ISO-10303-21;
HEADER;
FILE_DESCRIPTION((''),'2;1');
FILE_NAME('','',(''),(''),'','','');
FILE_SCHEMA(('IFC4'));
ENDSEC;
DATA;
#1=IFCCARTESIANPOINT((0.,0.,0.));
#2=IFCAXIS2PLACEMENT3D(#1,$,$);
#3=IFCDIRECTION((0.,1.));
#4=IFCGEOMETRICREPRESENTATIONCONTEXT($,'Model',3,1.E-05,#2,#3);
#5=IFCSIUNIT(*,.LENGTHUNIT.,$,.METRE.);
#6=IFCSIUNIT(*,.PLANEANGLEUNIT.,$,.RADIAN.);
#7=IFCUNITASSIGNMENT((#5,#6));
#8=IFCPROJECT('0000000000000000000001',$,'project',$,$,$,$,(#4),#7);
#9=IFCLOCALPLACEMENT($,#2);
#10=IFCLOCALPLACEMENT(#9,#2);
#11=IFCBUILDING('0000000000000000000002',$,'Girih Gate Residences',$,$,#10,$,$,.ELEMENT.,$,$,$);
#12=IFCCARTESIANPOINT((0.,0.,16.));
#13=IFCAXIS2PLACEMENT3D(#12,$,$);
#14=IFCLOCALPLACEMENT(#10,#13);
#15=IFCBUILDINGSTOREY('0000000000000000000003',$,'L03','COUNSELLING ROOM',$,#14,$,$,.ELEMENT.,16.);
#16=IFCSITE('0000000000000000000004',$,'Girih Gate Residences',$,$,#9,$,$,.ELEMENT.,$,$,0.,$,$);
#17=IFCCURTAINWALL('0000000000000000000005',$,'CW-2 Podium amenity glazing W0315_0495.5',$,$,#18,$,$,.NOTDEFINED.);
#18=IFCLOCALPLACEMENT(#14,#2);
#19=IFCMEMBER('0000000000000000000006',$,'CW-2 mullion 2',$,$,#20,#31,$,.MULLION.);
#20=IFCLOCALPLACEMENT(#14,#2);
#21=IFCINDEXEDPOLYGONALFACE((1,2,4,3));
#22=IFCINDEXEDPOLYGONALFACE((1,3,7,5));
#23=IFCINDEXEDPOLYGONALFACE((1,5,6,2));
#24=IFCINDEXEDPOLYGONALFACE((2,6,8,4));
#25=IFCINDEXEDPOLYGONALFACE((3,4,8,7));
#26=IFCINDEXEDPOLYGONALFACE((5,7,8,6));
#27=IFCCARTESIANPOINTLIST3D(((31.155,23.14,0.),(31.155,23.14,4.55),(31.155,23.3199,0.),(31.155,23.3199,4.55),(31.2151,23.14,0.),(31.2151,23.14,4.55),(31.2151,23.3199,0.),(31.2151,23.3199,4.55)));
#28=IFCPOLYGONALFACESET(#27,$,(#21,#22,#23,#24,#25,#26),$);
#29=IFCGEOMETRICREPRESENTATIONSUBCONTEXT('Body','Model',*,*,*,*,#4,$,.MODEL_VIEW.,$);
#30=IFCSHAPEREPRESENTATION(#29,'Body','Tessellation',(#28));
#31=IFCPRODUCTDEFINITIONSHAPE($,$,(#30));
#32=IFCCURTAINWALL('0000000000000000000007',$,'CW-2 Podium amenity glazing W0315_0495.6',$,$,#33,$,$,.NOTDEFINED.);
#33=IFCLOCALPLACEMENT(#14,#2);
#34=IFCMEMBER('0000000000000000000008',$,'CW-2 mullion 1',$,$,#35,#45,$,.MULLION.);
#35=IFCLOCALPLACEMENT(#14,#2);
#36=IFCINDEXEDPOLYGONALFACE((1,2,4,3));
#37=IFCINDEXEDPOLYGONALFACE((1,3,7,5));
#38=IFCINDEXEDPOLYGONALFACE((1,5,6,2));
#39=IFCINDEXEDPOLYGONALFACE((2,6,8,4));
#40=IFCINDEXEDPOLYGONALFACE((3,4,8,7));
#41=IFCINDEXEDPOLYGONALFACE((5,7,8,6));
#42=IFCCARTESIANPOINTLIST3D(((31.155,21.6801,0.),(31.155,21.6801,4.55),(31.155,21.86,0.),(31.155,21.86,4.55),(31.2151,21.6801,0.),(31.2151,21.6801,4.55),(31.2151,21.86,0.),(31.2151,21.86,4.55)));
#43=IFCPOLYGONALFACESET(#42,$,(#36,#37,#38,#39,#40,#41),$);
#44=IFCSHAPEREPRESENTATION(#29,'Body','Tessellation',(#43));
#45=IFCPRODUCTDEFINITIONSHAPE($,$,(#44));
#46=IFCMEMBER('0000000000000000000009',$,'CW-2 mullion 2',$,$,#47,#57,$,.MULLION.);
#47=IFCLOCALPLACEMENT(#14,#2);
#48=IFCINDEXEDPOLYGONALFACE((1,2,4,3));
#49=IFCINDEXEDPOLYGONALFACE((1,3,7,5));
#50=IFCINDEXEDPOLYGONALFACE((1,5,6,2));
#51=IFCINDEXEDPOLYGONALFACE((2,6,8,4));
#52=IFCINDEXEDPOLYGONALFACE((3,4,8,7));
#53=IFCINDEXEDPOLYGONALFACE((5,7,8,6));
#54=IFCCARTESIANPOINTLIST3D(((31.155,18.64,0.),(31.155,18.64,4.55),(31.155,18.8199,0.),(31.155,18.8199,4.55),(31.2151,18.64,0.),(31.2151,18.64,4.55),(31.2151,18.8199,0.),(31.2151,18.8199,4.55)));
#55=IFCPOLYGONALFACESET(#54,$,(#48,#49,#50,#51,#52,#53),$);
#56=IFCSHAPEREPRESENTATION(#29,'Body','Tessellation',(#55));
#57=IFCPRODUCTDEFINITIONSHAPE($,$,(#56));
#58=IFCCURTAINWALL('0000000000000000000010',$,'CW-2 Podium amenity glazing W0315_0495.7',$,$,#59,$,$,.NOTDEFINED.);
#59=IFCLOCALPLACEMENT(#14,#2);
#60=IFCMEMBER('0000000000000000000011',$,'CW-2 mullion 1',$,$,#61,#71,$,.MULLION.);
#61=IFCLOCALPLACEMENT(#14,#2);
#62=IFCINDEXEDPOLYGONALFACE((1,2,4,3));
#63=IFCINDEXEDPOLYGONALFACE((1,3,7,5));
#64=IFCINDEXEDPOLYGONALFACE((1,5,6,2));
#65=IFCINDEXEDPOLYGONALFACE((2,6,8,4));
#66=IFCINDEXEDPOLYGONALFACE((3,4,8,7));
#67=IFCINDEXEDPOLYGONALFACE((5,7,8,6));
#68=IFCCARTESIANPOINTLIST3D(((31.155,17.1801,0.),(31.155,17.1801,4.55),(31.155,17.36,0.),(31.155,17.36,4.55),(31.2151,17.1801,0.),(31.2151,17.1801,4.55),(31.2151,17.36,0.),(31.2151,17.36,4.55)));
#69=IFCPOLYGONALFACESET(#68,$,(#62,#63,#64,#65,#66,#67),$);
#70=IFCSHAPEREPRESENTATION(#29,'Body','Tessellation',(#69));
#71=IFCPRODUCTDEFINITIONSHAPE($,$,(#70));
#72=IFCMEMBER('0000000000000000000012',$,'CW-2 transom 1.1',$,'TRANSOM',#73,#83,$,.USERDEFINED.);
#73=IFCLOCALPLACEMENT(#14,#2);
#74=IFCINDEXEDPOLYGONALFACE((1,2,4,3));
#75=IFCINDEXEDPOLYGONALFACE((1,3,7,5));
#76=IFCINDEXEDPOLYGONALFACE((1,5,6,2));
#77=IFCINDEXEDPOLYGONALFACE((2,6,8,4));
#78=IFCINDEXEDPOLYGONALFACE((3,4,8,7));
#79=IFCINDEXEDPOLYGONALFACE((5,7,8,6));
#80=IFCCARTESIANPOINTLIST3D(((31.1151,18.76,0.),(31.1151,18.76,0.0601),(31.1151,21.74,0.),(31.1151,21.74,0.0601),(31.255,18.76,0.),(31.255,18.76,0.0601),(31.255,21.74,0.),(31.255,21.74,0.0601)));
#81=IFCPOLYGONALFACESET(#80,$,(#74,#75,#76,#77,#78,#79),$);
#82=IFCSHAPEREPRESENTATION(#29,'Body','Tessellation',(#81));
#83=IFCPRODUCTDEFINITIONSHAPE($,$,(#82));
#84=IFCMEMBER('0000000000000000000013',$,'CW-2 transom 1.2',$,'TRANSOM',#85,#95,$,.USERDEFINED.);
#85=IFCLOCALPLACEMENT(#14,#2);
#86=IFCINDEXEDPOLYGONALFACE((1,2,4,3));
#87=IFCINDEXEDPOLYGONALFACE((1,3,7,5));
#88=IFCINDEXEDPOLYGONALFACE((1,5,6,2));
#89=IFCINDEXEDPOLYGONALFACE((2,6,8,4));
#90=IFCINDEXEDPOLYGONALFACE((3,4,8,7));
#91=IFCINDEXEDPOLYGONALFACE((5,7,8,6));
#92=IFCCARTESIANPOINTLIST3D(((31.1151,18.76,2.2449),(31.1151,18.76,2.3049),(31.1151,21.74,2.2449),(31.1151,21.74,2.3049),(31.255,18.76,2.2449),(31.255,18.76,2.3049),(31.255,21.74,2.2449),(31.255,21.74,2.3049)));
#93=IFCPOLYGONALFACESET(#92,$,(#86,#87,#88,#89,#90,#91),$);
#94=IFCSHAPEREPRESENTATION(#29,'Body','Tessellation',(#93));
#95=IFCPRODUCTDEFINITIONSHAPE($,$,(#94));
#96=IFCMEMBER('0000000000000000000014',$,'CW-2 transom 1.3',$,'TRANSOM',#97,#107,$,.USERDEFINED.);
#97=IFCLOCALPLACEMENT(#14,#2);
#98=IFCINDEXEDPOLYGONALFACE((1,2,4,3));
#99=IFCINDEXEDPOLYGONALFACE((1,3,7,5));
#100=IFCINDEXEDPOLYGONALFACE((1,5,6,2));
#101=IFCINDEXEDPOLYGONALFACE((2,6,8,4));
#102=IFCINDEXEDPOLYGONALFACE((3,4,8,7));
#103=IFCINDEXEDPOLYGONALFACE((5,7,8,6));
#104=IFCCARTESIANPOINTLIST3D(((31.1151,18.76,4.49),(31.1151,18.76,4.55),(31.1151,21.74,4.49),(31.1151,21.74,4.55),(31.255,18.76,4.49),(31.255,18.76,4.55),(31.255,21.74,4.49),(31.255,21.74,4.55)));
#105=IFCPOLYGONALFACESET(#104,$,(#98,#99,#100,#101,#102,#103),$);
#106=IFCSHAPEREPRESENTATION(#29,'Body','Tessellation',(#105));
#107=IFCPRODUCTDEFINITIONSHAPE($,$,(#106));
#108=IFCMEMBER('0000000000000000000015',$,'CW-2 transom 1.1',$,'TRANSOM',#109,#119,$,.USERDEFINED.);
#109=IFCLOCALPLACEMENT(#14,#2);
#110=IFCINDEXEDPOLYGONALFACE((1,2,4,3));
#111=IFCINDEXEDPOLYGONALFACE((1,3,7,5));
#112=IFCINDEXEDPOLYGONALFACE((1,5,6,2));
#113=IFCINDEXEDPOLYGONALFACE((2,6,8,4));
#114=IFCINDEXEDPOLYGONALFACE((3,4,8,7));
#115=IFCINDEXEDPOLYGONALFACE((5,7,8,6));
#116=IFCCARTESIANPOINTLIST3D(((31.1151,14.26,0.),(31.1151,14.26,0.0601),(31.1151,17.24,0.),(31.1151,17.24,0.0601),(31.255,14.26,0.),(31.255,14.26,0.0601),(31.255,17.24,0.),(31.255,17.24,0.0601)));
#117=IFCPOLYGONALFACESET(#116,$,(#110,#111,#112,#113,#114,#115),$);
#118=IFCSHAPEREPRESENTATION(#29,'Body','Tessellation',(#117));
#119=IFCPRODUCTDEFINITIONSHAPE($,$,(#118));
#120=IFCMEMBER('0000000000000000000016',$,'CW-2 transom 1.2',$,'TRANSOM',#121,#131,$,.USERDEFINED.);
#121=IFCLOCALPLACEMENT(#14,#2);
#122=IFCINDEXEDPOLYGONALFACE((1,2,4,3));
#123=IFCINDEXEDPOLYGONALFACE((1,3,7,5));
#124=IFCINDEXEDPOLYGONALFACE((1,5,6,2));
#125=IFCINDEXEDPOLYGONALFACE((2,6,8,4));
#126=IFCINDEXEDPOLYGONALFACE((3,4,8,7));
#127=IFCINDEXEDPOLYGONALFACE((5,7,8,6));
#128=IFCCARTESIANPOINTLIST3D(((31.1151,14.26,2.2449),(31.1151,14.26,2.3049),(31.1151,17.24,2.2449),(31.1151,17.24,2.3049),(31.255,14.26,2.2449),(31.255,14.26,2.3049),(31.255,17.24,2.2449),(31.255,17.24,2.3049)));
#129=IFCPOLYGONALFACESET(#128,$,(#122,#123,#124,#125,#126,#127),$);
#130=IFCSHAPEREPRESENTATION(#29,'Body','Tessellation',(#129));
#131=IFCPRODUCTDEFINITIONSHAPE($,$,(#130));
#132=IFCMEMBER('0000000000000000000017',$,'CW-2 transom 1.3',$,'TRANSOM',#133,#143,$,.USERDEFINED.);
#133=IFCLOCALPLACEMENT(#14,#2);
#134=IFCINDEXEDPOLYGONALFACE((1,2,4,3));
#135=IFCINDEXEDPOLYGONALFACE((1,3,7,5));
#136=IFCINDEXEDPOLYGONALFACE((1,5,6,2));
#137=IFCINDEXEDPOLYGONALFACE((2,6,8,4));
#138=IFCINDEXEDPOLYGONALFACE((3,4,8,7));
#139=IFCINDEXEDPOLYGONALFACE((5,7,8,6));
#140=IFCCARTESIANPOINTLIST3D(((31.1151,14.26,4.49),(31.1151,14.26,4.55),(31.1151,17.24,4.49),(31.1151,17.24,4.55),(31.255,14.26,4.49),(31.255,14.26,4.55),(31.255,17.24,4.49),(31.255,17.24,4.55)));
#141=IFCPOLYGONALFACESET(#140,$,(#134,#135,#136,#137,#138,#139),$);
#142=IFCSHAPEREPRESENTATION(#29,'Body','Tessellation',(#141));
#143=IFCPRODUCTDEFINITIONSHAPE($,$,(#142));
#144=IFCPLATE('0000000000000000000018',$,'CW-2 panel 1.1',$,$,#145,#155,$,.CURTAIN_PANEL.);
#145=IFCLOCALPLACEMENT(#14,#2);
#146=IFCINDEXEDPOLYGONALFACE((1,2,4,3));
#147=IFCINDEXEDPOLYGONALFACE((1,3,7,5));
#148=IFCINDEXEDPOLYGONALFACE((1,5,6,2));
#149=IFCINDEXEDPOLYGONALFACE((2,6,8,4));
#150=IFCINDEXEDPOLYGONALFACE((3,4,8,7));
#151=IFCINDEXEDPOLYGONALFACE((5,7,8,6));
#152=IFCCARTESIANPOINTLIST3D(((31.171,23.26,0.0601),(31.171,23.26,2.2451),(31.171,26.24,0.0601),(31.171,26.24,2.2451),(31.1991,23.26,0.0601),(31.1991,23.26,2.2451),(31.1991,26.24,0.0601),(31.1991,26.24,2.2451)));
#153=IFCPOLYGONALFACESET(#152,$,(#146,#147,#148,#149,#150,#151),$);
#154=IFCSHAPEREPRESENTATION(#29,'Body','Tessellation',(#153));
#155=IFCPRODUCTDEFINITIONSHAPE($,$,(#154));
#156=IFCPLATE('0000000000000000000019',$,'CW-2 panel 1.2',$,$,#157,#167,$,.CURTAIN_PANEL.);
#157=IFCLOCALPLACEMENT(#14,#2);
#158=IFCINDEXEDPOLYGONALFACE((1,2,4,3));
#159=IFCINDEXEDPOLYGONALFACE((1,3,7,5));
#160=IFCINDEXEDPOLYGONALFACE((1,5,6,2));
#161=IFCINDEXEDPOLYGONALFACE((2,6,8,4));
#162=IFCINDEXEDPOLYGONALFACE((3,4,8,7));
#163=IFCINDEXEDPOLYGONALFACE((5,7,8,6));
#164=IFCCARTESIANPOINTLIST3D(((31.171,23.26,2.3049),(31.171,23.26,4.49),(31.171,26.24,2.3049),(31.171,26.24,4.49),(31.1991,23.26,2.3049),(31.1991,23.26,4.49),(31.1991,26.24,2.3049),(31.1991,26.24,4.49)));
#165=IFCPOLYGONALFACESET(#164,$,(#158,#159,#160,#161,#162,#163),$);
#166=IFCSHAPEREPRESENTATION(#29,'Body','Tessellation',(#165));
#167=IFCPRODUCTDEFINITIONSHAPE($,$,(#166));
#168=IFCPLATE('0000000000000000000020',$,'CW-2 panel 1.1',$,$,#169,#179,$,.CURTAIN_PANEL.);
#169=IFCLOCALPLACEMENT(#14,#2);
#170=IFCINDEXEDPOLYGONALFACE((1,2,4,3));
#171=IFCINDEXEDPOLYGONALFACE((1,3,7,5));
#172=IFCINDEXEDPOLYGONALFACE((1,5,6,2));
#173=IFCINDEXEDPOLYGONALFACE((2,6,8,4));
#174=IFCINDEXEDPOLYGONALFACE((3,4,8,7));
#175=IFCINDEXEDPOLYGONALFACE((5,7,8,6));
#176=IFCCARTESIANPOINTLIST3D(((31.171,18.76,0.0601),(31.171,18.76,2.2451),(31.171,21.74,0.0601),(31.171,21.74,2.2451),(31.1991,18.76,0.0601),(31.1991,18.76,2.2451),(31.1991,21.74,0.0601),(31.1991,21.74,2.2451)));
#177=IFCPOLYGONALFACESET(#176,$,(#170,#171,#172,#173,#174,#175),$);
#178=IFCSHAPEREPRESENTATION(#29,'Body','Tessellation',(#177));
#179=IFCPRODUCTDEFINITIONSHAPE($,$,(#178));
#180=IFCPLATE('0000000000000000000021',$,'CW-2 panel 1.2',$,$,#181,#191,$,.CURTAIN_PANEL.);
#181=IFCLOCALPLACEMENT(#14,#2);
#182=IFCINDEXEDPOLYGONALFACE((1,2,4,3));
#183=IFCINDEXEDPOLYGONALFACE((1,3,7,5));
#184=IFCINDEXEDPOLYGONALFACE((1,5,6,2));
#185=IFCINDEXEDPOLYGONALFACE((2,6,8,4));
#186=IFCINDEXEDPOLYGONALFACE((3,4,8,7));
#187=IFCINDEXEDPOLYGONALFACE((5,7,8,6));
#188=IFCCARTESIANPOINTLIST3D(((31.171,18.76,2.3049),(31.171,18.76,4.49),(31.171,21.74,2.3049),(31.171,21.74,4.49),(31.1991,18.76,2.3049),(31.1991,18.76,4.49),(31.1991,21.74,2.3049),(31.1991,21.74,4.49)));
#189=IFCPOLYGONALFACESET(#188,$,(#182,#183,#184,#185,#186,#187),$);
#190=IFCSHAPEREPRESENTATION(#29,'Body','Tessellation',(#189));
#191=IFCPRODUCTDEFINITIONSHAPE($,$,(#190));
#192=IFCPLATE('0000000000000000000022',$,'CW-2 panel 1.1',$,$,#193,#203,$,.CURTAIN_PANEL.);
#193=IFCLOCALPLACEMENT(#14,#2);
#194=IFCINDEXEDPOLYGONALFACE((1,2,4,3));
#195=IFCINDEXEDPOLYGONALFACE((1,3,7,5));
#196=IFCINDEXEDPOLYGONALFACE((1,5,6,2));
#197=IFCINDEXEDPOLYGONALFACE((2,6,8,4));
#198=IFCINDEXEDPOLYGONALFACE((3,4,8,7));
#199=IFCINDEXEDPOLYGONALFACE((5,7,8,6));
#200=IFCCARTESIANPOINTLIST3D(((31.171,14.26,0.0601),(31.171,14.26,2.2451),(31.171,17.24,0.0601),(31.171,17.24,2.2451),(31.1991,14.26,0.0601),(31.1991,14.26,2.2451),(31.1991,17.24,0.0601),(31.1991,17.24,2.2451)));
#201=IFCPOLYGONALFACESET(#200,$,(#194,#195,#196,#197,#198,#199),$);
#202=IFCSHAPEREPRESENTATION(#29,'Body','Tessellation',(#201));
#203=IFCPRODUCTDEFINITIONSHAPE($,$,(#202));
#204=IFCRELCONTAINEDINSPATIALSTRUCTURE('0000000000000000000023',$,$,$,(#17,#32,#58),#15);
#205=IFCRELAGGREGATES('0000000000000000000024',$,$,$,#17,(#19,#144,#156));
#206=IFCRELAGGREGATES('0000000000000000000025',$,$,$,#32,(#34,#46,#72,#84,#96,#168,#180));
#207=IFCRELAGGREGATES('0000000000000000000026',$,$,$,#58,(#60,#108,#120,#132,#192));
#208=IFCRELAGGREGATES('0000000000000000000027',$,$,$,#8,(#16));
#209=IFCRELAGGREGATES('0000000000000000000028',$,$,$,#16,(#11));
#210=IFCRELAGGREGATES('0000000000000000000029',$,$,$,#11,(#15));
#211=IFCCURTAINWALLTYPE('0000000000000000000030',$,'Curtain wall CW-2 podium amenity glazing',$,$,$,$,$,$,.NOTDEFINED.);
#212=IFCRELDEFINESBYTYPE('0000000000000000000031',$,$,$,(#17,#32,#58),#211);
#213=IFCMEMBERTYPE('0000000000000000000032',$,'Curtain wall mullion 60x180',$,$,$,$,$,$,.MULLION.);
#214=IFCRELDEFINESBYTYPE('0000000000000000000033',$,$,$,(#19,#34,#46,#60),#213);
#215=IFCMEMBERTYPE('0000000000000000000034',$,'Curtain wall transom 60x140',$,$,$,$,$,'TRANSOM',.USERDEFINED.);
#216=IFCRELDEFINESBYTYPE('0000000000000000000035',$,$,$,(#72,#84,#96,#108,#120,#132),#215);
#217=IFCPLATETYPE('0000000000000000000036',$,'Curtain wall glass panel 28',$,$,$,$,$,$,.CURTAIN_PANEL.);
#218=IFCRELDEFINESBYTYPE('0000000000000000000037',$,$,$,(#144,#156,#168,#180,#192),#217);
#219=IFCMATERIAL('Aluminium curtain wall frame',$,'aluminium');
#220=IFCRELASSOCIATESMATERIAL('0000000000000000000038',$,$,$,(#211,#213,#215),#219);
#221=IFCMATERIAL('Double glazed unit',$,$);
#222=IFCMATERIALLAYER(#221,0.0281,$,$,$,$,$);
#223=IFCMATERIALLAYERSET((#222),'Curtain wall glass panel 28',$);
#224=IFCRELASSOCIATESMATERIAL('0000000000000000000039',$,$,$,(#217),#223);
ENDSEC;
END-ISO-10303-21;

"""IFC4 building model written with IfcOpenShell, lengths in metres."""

from ifc_helpers import new_model, si_unit, direction, frame, origin, origin_2d, place, context, subcontext, project, spatial, rectangle, extrude, material, layer, layer_set, material_profile, profile_set, type_object, element, aggregate, save


model = new_model("IFC4")

# Units and contexts
model_context = context("Model", 3, precision=1e-05, world=origin(), true_north=direction((0.0, 1.0)))
body_context = subcontext(model_context, "Body", "Model", "MODEL_VIEW")
ifc_project = project(units=[si_unit("LENGTHUNIT", "METRE"), si_unit("PLANEANGLEUNIT", "RADIAN")], contexts=[model_context])

# Site, building, storey
site_placement = place(None, origin())
site = spatial("IfcSite", under=ifc_project, at=site_placement, Name="Girih Gate Residences", CompositionType="ELEMENT", RefElevation=0.0)
building_placement = place(site_placement, origin())
building = spatial("IfcBuilding", under=site, at=building_placement, Name="Girih Gate Residences", CompositionType="ELEMENT")
storey_placement = place(building_placement, frame((0.0, 0.0, 16.0)))
storey = spatial("IfcBuildingStorey", under=building, at=storey_placement, Name="L03", Description="COUNSELLING ROOM", CompositionType="ELEMENT", Elevation=16.0)

# Curtain wall, member
ifc_material_1 = material(Name="Aluminium curtain wall frame", Category="aluminium")
curtain_wall_type = type_object("IfcCurtainWallType", Name="Curtain wall CW-2 podium amenity glazing", PredefinedType="NOTDEFINED", material=ifc_material_1)
curtain_wall_1_placement = place(storey_placement, origin())
curtain_wall_1 = element("IfcCurtainWall", 1, at=curtain_wall_1_placement, inside=storey, type_object=curtain_wall_type, Name="CW-2 Podium amenity glazing W0315_0495.5", PredefinedType="NOTDEFINED")
ifc_material_profile_1 = material_profile(ifc_material_1, rectangle(XDim=0.0601, YDim=0.1799, at=origin_2d()))
ifc_profile_set_1 = profile_set([ifc_material_profile_1], Name="Aluminium curtain wall frame")
member_type_1 = type_object("IfcMemberType", Name="Curtain wall mullion 60x180", PredefinedType="MULLION", material=ifc_profile_set_1)
member_1_placement = place(storey_placement, frame((31.1851, 23.23, 0.0), z_axis=(0.0, 0.0, 1.0), x_axis=(1.0, 0.0, 0.0)))
member_1 = element("IfcMember", 2, at=member_1_placement, type_object=member_type_1, Name="CW-2 mullion 2", PredefinedType="MULLION", context=body_context, shape_type="SweptSolid", body=[
    extrude(rectangle(XDim=0.0601, YDim=0.1799, at=origin_2d()), origin(), (0.0, 0.0, 1.0), 4.55),
])

# Curtain wall, members
curtain_wall_2_placement = place(storey_placement, origin())
curtain_wall_2 = element("IfcCurtainWall", 3, at=curtain_wall_2_placement, inside=storey, type_object=curtain_wall_type, Name="CW-2 Podium amenity glazing W0315_0495.6", PredefinedType="NOTDEFINED")
member_2_placement = place(storey_placement, frame((31.1851, 21.77, 0.0), z_axis=(0.0, 0.0, 1.0), x_axis=(1.0, 0.0, 0.0)))
member_2 = element("IfcMember", 4, at=member_2_placement, type_object=member_type_1, Name="CW-2 mullion 1", PredefinedType="MULLION", context=body_context, shape_type="SweptSolid", body=[
    extrude(rectangle(XDim=0.0601, YDim=0.1799, at=origin_2d()), origin(), (0.0, 0.0, 1.0), 4.55),
])
member_3_placement = place(storey_placement, frame((31.1851, 18.73, 0.0), z_axis=(0.0, 0.0, 1.0), x_axis=(1.0, 0.0, 0.0)))
member_3 = element("IfcMember", 5, at=member_3_placement, type_object=member_type_1, Name="CW-2 mullion 2", PredefinedType="MULLION", context=body_context, shape_type="SweptSolid", body=[
    extrude(rectangle(XDim=0.0601, YDim=0.1799, at=origin_2d()), origin(), (0.0, 0.0, 1.0), 4.55),
])

# Curtain wall, member
curtain_wall_3_placement = place(storey_placement, origin())
curtain_wall_3 = element("IfcCurtainWall", 6, at=curtain_wall_3_placement, inside=storey, type_object=curtain_wall_type, Name="CW-2 Podium amenity glazing W0315_0495.7", PredefinedType="NOTDEFINED")
member_4_placement = place(storey_placement, frame((31.1851, 17.27, 0.0), z_axis=(0.0, 0.0, 1.0), x_axis=(1.0, 0.0, 0.0)))
member_4 = element("IfcMember", 7, at=member_4_placement, type_object=member_type_1, Name="CW-2 mullion 1", PredefinedType="MULLION", context=body_context, shape_type="SweptSolid", body=[
    extrude(rectangle(XDim=0.0601, YDim=0.1799, at=origin_2d()), origin(), (0.0, 0.0, 1.0), 4.55),
])

# Members
ifc_material_profile_2 = material_profile(ifc_material_1, rectangle(XDim=0.1399, YDim=0.0601, at=origin_2d()))
ifc_profile_set_2 = profile_set([ifc_material_profile_2], Name="Aluminium curtain wall frame")
member_type_2 = type_object("IfcMemberType", Name="Curtain wall transom 60x140", ElementType="TRANSOM", PredefinedType="USERDEFINED", material=ifc_profile_set_2)
member_5_placement = place(storey_placement, frame((31.1851, 21.74, 0.03), z_axis=(0.0, -1.0, 0.0), x_axis=(1.0, 0.0, 0.0)))
member_5 = element("IfcMember", 8, at=member_5_placement, type_object=member_type_2, Name="CW-2 transom 1.1", ObjectType="TRANSOM", PredefinedType="USERDEFINED", context=body_context, shape_type="SweptSolid", body=[
    extrude(rectangle(XDim=0.1399, YDim=0.0601, at=origin_2d()), origin(), (0.0, 0.0, 1.0), 2.98),
])
member_6_placement = place(storey_placement, frame((31.1851, 21.74, 2.2749), z_axis=(0.0, -1.0, 0.0), x_axis=(1.0, 0.0, 0.0)))
member_6 = element("IfcMember", 9, at=member_6_placement, type_object=member_type_2, Name="CW-2 transom 1.2", ObjectType="TRANSOM", PredefinedType="USERDEFINED", context=body_context, shape_type="SweptSolid", body=[
    extrude(rectangle(XDim=0.1399, YDim=0.0601, at=origin_2d()), origin(), (0.0, 0.0, 1.0), 2.98),
])
member_7_placement = place(storey_placement, frame((31.1851, 21.74, 4.52), z_axis=(0.0, -1.0, 0.0), x_axis=(1.0, 0.0, 0.0)))
member_7 = element("IfcMember", 10, at=member_7_placement, type_object=member_type_2, Name="CW-2 transom 1.3", ObjectType="TRANSOM", PredefinedType="USERDEFINED", context=body_context, shape_type="SweptSolid", body=[
    extrude(rectangle(XDim=0.1399, YDim=0.0601, at=origin_2d()), origin(), (0.0, 0.0, 1.0), 2.98),
])
member_8_placement = place(storey_placement, frame((31.1851, 17.24, 0.03), z_axis=(0.0, -1.0, 0.0), x_axis=(1.0, 0.0, 0.0)))
member_8 = element("IfcMember", 11, at=member_8_placement, type_object=member_type_2, Name="CW-2 transom 1.1", ObjectType="TRANSOM", PredefinedType="USERDEFINED", context=body_context, shape_type="SweptSolid", body=[
    extrude(rectangle(XDim=0.1399, YDim=0.0601, at=origin_2d()), origin(), (0.0, 0.0, 1.0), 2.98),
])
member_9_placement = place(storey_placement, frame((31.1851, 17.24, 2.2749), z_axis=(0.0, -1.0, 0.0), x_axis=(1.0, 0.0, 0.0)))
member_9 = element("IfcMember", 12, at=member_9_placement, type_object=member_type_2, Name="CW-2 transom 1.2", ObjectType="TRANSOM", PredefinedType="USERDEFINED", context=body_context, shape_type="SweptSolid", body=[
    extrude(rectangle(XDim=0.1399, YDim=0.0601, at=origin_2d()), origin(), (0.0, 0.0, 1.0), 2.98),
])
member_10_placement = place(storey_placement, frame((31.1851, 17.24, 4.52), z_axis=(0.0, -1.0, 0.0), x_axis=(1.0, 0.0, 0.0)))
member_10 = element("IfcMember", 13, at=member_10_placement, type_object=member_type_2, Name="CW-2 transom 1.3", ObjectType="TRANSOM", PredefinedType="USERDEFINED", context=body_context, shape_type="SweptSolid", body=[
    extrude(rectangle(XDim=0.1399, YDim=0.0601, at=origin_2d()), origin(), (0.0, 0.0, 1.0), 2.98),
])

# Plates
ifc_material_2 = material(Name="Double glazed unit")
ifc_layer_1 = layer(ifc_material_2, 0.0281)
ifc_layer_set_1 = layer_set([ifc_layer_1], Name="Curtain wall glass panel 28")
plate_type = type_object("IfcPlateType", Name="Curtain wall glass panel 28", PredefinedType="CURTAIN_PANEL", material=ifc_layer_set_1)
plate_1_placement = place(storey_placement, frame((31.1851, 24.75, 0.0601), z_axis=(0.0, 0.0, 1.0), x_axis=(0.0, -1.0, 0.0)))
plate_1 = element("IfcPlate", 14, at=plate_1_placement, type_object=plate_type, Name="CW-2 panel 1.1", PredefinedType="CURTAIN_PANEL", context=body_context, shape_type="SweptSolid", body=[
    extrude(rectangle(XDim=2.98, YDim=0.0281, at=origin_2d()), origin(), (0.0, 0.0, 1.0), 2.1851),
])
plate_2_placement = place(storey_placement, frame((31.1851, 24.75, 2.3049), z_axis=(0.0, 0.0, 1.0), x_axis=(0.0, -1.0, 0.0)))
plate_2 = element("IfcPlate", 15, at=plate_2_placement, type_object=plate_type, Name="CW-2 panel 1.2", PredefinedType="CURTAIN_PANEL", context=body_context, shape_type="SweptSolid", body=[
    extrude(rectangle(XDim=2.98, YDim=0.0281, at=origin_2d()), origin(), (0.0, 0.0, 1.0), 2.1851),
])
aggregate(curtain_wall_1, [member_1, plate_1, plate_2])
plate_3_placement = place(storey_placement, frame((31.1851, 20.25, 0.0601), z_axis=(0.0, 0.0, 1.0), x_axis=(0.0, -1.0, 0.0)))
plate_3 = element("IfcPlate", 16, at=plate_3_placement, type_object=plate_type, Name="CW-2 panel 1.1", PredefinedType="CURTAIN_PANEL", context=body_context, shape_type="SweptSolid", body=[
    extrude(rectangle(XDim=2.98, YDim=0.0281, at=origin_2d()), origin(), (0.0, 0.0, 1.0), 2.1851),
])
plate_4_placement = place(storey_placement, frame((31.1851, 20.25, 2.3049), z_axis=(0.0, 0.0, 1.0), x_axis=(0.0, -1.0, 0.0)))
plate_4 = element("IfcPlate", 17, at=plate_4_placement, type_object=plate_type, Name="CW-2 panel 1.2", PredefinedType="CURTAIN_PANEL", context=body_context, shape_type="SweptSolid", body=[
    extrude(rectangle(XDim=2.98, YDim=0.0281, at=origin_2d()), origin(), (0.0, 0.0, 1.0), 2.1851),
])
aggregate(curtain_wall_2, [member_2, member_3, member_5, member_6, member_7, plate_3, plate_4])
plate_5_placement = place(storey_placement, frame((31.1851, 15.75, 0.0601), z_axis=(0.0, 0.0, 1.0), x_axis=(0.0, -1.0, 0.0)))
plate_5 = element("IfcPlate", 18, at=plate_5_placement, type_object=plate_type, Name="CW-2 panel 1.1", PredefinedType="CURTAIN_PANEL", context=body_context, shape_type="SweptSolid", body=[
    extrude(rectangle(XDim=2.98, YDim=0.0281, at=origin_2d()), origin(), (0.0, 0.0, 1.0), 2.1851),
])
aggregate(curtain_wall_3, [member_4, member_8, member_9, member_10, plate_5])

save(model, "model.ifc")
